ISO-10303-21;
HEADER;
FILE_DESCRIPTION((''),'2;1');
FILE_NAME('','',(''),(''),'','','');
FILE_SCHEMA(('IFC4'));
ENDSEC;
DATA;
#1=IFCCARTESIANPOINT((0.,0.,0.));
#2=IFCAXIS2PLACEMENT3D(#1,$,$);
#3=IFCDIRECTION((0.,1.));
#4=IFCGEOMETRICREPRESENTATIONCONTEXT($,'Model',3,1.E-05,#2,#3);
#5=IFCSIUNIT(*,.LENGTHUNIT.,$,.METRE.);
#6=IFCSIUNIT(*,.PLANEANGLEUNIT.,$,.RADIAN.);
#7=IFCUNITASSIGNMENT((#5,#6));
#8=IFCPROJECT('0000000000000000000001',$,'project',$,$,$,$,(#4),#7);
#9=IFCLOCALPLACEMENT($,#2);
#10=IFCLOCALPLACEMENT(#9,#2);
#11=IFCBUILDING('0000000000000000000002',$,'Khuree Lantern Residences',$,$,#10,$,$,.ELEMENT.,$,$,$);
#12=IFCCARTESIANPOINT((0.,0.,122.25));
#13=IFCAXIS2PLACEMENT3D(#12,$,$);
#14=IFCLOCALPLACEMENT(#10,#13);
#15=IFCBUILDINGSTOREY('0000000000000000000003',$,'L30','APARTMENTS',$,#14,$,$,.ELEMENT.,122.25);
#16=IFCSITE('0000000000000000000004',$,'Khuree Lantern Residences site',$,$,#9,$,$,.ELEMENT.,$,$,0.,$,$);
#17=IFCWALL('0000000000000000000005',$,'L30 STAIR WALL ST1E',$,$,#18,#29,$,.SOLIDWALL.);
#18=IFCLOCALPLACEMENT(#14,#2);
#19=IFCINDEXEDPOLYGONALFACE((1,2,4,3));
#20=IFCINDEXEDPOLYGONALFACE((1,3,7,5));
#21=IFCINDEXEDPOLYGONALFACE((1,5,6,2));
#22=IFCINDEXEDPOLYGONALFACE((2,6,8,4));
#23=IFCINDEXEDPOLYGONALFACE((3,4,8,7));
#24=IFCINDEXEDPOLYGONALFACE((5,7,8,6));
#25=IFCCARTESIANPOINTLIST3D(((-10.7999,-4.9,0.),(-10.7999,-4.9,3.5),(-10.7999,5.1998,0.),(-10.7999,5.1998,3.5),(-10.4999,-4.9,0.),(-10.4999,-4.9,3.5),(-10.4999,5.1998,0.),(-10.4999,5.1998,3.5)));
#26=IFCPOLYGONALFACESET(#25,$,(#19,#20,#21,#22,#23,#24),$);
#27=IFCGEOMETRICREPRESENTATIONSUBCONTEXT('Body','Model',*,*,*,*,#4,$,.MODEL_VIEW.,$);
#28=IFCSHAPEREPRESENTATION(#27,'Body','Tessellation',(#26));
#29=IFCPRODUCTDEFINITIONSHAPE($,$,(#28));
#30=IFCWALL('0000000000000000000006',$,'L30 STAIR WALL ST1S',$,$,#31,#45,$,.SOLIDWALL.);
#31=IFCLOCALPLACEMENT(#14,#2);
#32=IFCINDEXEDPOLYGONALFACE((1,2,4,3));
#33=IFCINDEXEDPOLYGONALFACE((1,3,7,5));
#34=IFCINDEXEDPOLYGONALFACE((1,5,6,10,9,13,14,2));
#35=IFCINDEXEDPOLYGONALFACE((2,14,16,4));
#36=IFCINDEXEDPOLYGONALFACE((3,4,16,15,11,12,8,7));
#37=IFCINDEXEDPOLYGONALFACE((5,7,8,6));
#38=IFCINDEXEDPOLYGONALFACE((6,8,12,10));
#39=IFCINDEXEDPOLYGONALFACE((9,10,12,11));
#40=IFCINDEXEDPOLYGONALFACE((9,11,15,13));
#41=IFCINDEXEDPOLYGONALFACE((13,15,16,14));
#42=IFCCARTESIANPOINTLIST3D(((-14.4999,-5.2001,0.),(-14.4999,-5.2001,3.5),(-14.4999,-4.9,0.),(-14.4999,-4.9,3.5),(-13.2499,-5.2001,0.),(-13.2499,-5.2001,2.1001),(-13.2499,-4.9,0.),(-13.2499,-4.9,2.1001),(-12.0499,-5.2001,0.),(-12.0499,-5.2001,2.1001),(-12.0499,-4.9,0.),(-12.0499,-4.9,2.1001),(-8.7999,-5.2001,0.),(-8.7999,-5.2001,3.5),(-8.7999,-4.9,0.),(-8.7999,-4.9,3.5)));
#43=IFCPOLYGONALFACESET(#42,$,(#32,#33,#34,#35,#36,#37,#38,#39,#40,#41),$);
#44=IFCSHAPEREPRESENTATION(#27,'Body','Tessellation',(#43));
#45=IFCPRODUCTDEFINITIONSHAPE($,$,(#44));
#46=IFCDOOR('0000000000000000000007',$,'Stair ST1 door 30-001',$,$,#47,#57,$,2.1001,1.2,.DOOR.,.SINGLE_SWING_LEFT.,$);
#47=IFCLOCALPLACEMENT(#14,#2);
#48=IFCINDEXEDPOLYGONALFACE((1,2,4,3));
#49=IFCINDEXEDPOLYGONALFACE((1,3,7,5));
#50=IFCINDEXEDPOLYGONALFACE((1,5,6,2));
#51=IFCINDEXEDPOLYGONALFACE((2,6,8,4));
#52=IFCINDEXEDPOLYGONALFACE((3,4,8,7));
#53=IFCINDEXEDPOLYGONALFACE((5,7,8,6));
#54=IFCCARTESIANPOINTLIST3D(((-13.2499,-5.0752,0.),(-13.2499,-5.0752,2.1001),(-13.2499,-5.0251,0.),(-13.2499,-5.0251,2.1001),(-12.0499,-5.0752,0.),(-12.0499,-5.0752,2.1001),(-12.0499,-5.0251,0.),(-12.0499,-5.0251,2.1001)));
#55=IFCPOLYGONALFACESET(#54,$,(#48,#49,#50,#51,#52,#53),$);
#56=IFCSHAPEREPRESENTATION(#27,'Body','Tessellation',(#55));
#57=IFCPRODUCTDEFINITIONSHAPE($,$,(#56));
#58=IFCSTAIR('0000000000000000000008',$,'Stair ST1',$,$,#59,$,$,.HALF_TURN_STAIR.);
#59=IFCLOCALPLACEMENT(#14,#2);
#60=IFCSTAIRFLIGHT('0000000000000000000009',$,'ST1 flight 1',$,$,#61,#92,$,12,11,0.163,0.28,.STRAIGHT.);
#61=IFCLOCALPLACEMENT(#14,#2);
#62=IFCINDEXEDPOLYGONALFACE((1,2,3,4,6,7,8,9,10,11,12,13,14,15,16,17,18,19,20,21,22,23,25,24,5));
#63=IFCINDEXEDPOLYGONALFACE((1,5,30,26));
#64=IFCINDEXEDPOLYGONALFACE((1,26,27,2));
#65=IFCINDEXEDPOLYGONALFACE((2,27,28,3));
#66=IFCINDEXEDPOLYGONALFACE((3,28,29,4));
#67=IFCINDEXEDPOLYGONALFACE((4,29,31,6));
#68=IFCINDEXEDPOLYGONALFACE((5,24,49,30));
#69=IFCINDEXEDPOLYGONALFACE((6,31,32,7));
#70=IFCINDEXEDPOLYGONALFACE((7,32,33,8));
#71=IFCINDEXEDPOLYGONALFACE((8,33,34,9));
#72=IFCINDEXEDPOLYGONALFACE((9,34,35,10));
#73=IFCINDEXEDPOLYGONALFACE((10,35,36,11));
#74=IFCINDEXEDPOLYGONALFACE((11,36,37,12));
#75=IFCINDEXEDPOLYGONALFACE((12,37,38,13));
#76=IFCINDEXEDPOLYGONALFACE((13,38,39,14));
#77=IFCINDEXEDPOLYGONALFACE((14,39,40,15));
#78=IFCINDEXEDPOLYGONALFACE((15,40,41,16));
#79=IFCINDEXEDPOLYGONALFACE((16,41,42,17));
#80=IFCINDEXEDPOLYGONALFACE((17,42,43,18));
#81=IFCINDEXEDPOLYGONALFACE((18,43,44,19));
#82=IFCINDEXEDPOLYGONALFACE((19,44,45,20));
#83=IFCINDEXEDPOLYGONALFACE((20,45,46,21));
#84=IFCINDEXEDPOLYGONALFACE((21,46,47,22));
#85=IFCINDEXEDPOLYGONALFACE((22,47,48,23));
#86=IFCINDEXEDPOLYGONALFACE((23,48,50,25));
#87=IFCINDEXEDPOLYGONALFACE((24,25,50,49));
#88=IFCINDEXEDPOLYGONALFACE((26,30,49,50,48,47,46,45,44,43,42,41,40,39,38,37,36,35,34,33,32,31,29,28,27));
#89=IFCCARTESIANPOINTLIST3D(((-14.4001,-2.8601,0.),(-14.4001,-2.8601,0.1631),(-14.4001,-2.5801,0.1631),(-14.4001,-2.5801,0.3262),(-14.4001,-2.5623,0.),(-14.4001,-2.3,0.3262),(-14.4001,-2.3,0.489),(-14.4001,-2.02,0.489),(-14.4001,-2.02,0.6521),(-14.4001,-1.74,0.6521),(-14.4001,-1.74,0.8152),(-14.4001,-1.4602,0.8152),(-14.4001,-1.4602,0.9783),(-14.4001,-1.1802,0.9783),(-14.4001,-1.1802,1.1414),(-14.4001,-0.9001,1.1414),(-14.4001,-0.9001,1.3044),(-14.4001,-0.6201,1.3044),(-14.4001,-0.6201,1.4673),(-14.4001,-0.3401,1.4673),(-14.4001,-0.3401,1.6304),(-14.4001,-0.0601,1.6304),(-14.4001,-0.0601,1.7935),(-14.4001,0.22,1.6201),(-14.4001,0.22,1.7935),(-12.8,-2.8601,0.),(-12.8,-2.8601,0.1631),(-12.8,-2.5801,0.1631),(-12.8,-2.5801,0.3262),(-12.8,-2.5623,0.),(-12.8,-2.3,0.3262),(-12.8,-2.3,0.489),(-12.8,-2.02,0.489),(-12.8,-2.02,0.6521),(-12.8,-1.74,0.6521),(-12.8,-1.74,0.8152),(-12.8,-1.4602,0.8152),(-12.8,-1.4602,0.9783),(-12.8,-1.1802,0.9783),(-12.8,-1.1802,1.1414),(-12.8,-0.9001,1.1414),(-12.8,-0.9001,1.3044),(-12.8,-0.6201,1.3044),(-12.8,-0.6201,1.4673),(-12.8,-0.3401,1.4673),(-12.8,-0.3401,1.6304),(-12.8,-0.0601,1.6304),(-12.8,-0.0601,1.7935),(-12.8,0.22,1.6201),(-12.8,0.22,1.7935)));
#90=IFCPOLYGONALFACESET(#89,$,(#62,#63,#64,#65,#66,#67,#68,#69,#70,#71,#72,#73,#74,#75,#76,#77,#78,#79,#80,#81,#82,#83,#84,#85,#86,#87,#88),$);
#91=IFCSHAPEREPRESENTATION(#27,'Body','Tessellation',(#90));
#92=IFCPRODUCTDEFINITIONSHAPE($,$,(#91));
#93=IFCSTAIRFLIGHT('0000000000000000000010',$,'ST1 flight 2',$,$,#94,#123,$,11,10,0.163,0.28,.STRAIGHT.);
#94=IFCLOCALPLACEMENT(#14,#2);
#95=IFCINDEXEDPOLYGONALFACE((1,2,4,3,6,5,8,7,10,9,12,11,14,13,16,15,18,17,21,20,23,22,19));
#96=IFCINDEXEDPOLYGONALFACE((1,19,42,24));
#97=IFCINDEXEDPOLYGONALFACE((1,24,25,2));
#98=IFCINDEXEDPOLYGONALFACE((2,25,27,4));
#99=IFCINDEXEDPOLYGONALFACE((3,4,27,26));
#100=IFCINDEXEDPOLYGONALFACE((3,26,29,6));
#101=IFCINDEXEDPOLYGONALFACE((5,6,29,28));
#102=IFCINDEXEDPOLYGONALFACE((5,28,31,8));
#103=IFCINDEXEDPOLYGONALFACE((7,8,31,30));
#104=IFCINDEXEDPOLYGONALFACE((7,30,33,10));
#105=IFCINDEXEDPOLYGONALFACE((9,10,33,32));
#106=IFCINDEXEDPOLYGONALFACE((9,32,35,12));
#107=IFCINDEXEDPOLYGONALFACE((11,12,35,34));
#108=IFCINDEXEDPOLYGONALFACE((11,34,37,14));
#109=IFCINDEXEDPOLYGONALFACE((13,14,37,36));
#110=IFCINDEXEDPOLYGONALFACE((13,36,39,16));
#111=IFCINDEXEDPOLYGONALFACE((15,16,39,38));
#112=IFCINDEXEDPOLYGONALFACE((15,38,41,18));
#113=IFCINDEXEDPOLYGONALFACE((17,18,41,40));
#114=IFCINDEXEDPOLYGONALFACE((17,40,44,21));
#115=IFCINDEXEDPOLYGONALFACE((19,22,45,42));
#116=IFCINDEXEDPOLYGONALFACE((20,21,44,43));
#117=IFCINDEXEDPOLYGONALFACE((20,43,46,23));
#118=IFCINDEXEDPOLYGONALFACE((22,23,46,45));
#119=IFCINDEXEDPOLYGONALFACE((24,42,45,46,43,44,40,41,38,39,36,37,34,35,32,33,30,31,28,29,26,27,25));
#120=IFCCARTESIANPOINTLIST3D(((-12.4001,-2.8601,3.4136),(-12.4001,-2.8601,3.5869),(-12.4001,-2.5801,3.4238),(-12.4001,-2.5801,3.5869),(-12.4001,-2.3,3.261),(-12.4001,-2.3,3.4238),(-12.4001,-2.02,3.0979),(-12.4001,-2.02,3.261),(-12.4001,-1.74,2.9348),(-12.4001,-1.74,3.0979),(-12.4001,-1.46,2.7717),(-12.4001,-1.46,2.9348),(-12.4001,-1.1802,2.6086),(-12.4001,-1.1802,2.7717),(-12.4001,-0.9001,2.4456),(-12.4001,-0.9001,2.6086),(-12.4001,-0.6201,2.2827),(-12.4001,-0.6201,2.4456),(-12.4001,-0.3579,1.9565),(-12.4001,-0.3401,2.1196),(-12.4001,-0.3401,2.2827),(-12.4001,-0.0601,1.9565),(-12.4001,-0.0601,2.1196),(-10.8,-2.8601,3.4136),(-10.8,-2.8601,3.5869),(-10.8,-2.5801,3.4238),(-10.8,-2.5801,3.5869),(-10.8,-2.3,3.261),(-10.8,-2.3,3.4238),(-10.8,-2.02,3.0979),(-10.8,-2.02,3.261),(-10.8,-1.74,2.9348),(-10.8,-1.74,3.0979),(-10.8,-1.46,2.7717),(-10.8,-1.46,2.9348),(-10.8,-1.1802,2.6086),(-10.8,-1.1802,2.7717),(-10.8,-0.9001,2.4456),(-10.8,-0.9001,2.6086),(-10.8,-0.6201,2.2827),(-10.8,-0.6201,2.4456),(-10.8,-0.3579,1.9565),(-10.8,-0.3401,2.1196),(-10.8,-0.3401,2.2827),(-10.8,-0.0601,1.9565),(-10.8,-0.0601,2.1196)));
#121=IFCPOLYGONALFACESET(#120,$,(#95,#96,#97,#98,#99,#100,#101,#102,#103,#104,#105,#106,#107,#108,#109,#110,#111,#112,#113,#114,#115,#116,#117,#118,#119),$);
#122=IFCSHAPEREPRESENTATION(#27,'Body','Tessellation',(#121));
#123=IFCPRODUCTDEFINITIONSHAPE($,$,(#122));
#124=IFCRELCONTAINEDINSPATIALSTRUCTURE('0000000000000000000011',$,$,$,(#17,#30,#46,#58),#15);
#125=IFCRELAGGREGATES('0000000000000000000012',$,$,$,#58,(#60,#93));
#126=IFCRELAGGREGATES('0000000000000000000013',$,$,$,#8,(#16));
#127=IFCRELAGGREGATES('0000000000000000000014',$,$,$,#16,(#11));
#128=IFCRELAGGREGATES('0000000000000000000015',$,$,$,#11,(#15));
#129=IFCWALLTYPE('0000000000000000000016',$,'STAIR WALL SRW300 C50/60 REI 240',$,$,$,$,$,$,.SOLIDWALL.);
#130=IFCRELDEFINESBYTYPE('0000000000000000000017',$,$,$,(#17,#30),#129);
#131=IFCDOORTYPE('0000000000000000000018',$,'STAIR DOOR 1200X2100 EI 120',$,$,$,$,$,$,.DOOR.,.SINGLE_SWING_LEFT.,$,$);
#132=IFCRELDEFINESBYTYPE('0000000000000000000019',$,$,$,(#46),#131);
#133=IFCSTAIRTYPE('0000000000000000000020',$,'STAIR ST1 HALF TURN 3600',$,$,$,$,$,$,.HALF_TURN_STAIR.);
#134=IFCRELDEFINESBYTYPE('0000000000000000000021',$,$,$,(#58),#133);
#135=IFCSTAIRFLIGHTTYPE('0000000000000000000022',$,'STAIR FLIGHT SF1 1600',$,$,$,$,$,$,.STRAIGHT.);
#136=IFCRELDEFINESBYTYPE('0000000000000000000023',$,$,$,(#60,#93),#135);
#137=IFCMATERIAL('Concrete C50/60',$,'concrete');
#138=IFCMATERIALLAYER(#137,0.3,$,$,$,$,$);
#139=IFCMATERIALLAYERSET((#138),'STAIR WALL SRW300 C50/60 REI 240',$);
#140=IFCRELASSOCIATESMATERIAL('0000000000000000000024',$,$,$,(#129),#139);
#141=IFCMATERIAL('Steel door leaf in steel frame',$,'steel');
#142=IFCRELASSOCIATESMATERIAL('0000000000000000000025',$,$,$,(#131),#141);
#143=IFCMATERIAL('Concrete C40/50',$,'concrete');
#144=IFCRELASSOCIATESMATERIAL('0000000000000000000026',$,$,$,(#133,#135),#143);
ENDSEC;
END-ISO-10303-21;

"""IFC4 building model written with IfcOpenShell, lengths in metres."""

from ifc_helpers import new_model, si_unit, direction, frame, frame_2d, origin, place, context, subcontext, project, spatial, polyline, rectangle, outline, extrude, material, layer, layer_set, type_object, element, fill, aggregate, save


model = new_model("IFC4")

# Units and contexts
model_context = context("Model", 3, precision=1e-05, world=origin(), true_north=direction((0.0, 1.0)))
body_context = subcontext(model_context, "Body", "Model", "MODEL_VIEW")
ifc_project = project(units=[si_unit("LENGTHUNIT", "METRE"), si_unit("PLANEANGLEUNIT", "RADIAN")], contexts=[model_context])

# Site, building, storey
site_placement = place(None, origin())
site = spatial("IfcSite", under=ifc_project, at=site_placement, Name="Khuree Lantern Residences site", CompositionType="ELEMENT", RefElevation=0.0)
building_placement = place(site_placement, origin())
building = spatial("IfcBuilding", under=site, at=building_placement, Name="Khuree Lantern Residences", CompositionType="ELEMENT")
storey_placement = place(building_placement, frame((0.0, 0.0, 122.25)))
storey = spatial("IfcBuildingStorey", under=building, at=storey_placement, Name="L30", Description="APARTMENTS", CompositionType="ELEMENT", Elevation=122.25)

# Shared definitions
ifc_material_1 = material(Name="Steel door leaf in steel frame", Category="steel")

# Wall
ifc_material_2 = material(Name="Concrete C50/60", Category="concrete")
ifc_layer_1 = layer(ifc_material_2, 0.3)
ifc_layer_set_1 = layer_set([ifc_layer_1], Name="STAIR WALL SRW300 C50/60 REI 240")
wall_type_1 = type_object("IfcWallType", Name="STAIR WALL SRW300 C50/60 REI 240", PredefinedType="SOLIDWALL", material=ifc_layer_set_1)
wall_1_placement = place(storey_placement, frame((-10.6499, -4.8999, 0.0), z_axis=(0.0, 0.0, 1.0), x_axis=(0.0, 1.0, 0.0)))
element("IfcWall", 1, at=wall_1_placement, inside=storey, type_object=wall_type_1, Name="L30 STAIR WALL ST1E", PredefinedType="SOLIDWALL", context=body_context, shape_type="SweptSolid", body=[
    extrude(rectangle(XDim=10.0999, YDim=0.3, at=frame_2d((5.0498, 0.0))), origin(), (0.0, 0.0, 1.0), 3.5),
])

# Wall, opening, door
wall_2_placement = place(storey_placement, frame((-14.5, -5.05, 0.0), z_axis=(0.0, 0.0, 1.0), x_axis=(1.0, 0.0, 0.0)))
wall_2 = element("IfcWall", 2, at=wall_2_placement, inside=storey, type_object=wall_type_1, Name="L30 STAIR WALL ST1S", PredefinedType="SOLIDWALL", context=body_context, shape_type="SweptSolid", body=[
    extrude(rectangle(XDim=5.7, YDim=0.3, at=frame_2d((2.8501, 0.0))), origin(), (0.0, 0.0, 1.0), 3.5),
])
opening_1_placement = place(wall_2_placement, frame((1.25, 0.0, 0.0)))
opening_1 = element("IfcOpeningElement", 3, at=opening_1_placement, cuts=wall_2, PredefinedType="OPENING", context=body_context, shape_type="SweptSolid", body=[
    extrude(rectangle(XDim=1.2, YDim=2.1001, at=frame_2d((0.6001, 1.05))), frame((0.0, 0.1602, 0.0), z_axis=(0.0, -1.0, 0.0), x_axis=(1.0, 0.0, 0.0)), (0.0, 0.0, 1.0), 0.3201),
])
door_type_1 = type_object("IfcDoorType", Name="STAIR DOOR 1200X2100 EI 120", OperationType="SINGLE_SWING_LEFT", PredefinedType="DOOR", material=ifc_material_1)
door_1_placement = place(opening_1_placement, origin())
door_1 = element("IfcDoor", 4, at=door_1_placement, inside=storey, type_object=door_type_1, Name="Stair ST1 door 30-001", OperationType="SINGLE_SWING_LEFT", OverallHeight=2.1001, OverallWidth=1.2, PredefinedType="DOOR", context=body_context, shape_type="SweptSolid", body=[
    extrude(rectangle(XDim=1.2, YDim=2.1001, at=frame_2d((0.6001, 1.05))), frame((0.0, 0.0249, 0.0), z_axis=(0.0, -1.0, 0.0), x_axis=(1.0, 0.0, 0.0)), (0.0, 0.0, 1.0), 0.05),
])
fill(opening_1, door_1)

# Stair, stair flights
ifc_material_3 = material(Name="Concrete C40/50", Category="concrete")
stair_type = type_object("IfcStairType", Name="STAIR ST1 HALF TURN 3600", PredefinedType="HALF_TURN_STAIR", material=ifc_material_3)
stair_placement = place(storey_placement, origin())
stair = element("IfcStair", 5, at=stair_placement, inside=storey, type_object=stair_type, Name="Stair ST1", PredefinedType="HALF_TURN_STAIR")
stair_flight_type = type_object("IfcStairFlightType", Name="STAIR FLIGHT SF1 1600", PredefinedType="STRAIGHT", material=ifc_material_3)
stair_flight_1_placement = place(storey_placement, frame((-13.6001, -2.8601, 0.0), z_axis=(0.0, 0.0, 1.0), x_axis=(0.0, 1.0, 0.0)))
stair_flight_1 = element("IfcStairFlight", 6, at=stair_flight_1_placement, type_object=stair_flight_type, Name="ST1 flight 1", NumberOfRisers=12, NumberOfTreads=11, PredefinedType="STRAIGHT", RiserHeight=0.163, TreadLength=0.28, context=body_context, shape_type="SweptSolid", body=[
    extrude(outline(polyline([(0.0, 0.0), (0.0, 0.1631), (0.28, 0.1631), (0.28, 0.3262), (0.5601, 0.3262), (0.5601, 0.489), (0.8401, 0.489), (0.8401, 0.6521), (1.1201, 0.6521), (1.1201, 0.8152), (1.3999, 0.8152), (1.3999, 0.9783), (1.6799, 0.9783), (1.6799, 1.1414), (1.96, 1.1414), (1.96, 1.3044), (2.24, 1.3044), (2.24, 1.4673), (2.52, 1.4673), (2.52, 1.6304), (2.8, 1.6304), (2.8, 1.7935), (3.0801, 1.7935), (3.0801, 1.9565), (3.0801, 1.6201), (0.2979, 0.0), (0.0, 0.0)])), frame((0.0, 0.8, 0.0), z_axis=(0.0, -1.0, 0.0), x_axis=(1.0, 0.0, 0.0)), (0.0, 0.0, 1.0), 1.6001),
])
stair_flight_2_placement = place(storey_placement, frame((-11.6001, -0.0601, 1.9565), z_axis=(0.0, 0.0, 1.0), x_axis=(0.0, -1.0, 0.0)))
stair_flight_2 = element("IfcStairFlight", 7, at=stair_flight_2_placement, type_object=stair_flight_type, Name="ST1 flight 2", NumberOfRisers=11, NumberOfTreads=10, PredefinedType="STRAIGHT", RiserHeight=0.163, TreadLength=0.28, context=body_context, shape_type="SweptSolid", body=[
    extrude(outline(polyline([(0.0, 0.0), (0.0, 0.1631), (0.28, 0.1631), (0.28, 0.3262), (0.5601, 0.3262), (0.5601, 0.489), (0.8401, 0.489), (0.8401, 0.6521), (1.1201, 0.6521), (1.1201, 0.8152), (1.3999, 0.8152), (1.3999, 0.9783), (1.6799, 0.9783), (1.6799, 1.1414), (1.96, 1.1414), (1.96, 1.3044), (2.24, 1.3044), (2.24, 1.4673), (2.52, 1.4673), (2.52, 1.6304), (2.8, 1.6304), (2.8, 1.7935), (2.8, 1.457), (0.2979, 0.0), (0.0, 0.0)])), frame((0.0, 0.8, 0.0), z_axis=(0.0, -1.0, 0.0), x_axis=(1.0, 0.0, 0.0)), (0.0, 0.0, 1.0), 1.6001),
])
aggregate(stair, [stair_flight_1, stair_flight_2])

save(model, "model.ifc")
